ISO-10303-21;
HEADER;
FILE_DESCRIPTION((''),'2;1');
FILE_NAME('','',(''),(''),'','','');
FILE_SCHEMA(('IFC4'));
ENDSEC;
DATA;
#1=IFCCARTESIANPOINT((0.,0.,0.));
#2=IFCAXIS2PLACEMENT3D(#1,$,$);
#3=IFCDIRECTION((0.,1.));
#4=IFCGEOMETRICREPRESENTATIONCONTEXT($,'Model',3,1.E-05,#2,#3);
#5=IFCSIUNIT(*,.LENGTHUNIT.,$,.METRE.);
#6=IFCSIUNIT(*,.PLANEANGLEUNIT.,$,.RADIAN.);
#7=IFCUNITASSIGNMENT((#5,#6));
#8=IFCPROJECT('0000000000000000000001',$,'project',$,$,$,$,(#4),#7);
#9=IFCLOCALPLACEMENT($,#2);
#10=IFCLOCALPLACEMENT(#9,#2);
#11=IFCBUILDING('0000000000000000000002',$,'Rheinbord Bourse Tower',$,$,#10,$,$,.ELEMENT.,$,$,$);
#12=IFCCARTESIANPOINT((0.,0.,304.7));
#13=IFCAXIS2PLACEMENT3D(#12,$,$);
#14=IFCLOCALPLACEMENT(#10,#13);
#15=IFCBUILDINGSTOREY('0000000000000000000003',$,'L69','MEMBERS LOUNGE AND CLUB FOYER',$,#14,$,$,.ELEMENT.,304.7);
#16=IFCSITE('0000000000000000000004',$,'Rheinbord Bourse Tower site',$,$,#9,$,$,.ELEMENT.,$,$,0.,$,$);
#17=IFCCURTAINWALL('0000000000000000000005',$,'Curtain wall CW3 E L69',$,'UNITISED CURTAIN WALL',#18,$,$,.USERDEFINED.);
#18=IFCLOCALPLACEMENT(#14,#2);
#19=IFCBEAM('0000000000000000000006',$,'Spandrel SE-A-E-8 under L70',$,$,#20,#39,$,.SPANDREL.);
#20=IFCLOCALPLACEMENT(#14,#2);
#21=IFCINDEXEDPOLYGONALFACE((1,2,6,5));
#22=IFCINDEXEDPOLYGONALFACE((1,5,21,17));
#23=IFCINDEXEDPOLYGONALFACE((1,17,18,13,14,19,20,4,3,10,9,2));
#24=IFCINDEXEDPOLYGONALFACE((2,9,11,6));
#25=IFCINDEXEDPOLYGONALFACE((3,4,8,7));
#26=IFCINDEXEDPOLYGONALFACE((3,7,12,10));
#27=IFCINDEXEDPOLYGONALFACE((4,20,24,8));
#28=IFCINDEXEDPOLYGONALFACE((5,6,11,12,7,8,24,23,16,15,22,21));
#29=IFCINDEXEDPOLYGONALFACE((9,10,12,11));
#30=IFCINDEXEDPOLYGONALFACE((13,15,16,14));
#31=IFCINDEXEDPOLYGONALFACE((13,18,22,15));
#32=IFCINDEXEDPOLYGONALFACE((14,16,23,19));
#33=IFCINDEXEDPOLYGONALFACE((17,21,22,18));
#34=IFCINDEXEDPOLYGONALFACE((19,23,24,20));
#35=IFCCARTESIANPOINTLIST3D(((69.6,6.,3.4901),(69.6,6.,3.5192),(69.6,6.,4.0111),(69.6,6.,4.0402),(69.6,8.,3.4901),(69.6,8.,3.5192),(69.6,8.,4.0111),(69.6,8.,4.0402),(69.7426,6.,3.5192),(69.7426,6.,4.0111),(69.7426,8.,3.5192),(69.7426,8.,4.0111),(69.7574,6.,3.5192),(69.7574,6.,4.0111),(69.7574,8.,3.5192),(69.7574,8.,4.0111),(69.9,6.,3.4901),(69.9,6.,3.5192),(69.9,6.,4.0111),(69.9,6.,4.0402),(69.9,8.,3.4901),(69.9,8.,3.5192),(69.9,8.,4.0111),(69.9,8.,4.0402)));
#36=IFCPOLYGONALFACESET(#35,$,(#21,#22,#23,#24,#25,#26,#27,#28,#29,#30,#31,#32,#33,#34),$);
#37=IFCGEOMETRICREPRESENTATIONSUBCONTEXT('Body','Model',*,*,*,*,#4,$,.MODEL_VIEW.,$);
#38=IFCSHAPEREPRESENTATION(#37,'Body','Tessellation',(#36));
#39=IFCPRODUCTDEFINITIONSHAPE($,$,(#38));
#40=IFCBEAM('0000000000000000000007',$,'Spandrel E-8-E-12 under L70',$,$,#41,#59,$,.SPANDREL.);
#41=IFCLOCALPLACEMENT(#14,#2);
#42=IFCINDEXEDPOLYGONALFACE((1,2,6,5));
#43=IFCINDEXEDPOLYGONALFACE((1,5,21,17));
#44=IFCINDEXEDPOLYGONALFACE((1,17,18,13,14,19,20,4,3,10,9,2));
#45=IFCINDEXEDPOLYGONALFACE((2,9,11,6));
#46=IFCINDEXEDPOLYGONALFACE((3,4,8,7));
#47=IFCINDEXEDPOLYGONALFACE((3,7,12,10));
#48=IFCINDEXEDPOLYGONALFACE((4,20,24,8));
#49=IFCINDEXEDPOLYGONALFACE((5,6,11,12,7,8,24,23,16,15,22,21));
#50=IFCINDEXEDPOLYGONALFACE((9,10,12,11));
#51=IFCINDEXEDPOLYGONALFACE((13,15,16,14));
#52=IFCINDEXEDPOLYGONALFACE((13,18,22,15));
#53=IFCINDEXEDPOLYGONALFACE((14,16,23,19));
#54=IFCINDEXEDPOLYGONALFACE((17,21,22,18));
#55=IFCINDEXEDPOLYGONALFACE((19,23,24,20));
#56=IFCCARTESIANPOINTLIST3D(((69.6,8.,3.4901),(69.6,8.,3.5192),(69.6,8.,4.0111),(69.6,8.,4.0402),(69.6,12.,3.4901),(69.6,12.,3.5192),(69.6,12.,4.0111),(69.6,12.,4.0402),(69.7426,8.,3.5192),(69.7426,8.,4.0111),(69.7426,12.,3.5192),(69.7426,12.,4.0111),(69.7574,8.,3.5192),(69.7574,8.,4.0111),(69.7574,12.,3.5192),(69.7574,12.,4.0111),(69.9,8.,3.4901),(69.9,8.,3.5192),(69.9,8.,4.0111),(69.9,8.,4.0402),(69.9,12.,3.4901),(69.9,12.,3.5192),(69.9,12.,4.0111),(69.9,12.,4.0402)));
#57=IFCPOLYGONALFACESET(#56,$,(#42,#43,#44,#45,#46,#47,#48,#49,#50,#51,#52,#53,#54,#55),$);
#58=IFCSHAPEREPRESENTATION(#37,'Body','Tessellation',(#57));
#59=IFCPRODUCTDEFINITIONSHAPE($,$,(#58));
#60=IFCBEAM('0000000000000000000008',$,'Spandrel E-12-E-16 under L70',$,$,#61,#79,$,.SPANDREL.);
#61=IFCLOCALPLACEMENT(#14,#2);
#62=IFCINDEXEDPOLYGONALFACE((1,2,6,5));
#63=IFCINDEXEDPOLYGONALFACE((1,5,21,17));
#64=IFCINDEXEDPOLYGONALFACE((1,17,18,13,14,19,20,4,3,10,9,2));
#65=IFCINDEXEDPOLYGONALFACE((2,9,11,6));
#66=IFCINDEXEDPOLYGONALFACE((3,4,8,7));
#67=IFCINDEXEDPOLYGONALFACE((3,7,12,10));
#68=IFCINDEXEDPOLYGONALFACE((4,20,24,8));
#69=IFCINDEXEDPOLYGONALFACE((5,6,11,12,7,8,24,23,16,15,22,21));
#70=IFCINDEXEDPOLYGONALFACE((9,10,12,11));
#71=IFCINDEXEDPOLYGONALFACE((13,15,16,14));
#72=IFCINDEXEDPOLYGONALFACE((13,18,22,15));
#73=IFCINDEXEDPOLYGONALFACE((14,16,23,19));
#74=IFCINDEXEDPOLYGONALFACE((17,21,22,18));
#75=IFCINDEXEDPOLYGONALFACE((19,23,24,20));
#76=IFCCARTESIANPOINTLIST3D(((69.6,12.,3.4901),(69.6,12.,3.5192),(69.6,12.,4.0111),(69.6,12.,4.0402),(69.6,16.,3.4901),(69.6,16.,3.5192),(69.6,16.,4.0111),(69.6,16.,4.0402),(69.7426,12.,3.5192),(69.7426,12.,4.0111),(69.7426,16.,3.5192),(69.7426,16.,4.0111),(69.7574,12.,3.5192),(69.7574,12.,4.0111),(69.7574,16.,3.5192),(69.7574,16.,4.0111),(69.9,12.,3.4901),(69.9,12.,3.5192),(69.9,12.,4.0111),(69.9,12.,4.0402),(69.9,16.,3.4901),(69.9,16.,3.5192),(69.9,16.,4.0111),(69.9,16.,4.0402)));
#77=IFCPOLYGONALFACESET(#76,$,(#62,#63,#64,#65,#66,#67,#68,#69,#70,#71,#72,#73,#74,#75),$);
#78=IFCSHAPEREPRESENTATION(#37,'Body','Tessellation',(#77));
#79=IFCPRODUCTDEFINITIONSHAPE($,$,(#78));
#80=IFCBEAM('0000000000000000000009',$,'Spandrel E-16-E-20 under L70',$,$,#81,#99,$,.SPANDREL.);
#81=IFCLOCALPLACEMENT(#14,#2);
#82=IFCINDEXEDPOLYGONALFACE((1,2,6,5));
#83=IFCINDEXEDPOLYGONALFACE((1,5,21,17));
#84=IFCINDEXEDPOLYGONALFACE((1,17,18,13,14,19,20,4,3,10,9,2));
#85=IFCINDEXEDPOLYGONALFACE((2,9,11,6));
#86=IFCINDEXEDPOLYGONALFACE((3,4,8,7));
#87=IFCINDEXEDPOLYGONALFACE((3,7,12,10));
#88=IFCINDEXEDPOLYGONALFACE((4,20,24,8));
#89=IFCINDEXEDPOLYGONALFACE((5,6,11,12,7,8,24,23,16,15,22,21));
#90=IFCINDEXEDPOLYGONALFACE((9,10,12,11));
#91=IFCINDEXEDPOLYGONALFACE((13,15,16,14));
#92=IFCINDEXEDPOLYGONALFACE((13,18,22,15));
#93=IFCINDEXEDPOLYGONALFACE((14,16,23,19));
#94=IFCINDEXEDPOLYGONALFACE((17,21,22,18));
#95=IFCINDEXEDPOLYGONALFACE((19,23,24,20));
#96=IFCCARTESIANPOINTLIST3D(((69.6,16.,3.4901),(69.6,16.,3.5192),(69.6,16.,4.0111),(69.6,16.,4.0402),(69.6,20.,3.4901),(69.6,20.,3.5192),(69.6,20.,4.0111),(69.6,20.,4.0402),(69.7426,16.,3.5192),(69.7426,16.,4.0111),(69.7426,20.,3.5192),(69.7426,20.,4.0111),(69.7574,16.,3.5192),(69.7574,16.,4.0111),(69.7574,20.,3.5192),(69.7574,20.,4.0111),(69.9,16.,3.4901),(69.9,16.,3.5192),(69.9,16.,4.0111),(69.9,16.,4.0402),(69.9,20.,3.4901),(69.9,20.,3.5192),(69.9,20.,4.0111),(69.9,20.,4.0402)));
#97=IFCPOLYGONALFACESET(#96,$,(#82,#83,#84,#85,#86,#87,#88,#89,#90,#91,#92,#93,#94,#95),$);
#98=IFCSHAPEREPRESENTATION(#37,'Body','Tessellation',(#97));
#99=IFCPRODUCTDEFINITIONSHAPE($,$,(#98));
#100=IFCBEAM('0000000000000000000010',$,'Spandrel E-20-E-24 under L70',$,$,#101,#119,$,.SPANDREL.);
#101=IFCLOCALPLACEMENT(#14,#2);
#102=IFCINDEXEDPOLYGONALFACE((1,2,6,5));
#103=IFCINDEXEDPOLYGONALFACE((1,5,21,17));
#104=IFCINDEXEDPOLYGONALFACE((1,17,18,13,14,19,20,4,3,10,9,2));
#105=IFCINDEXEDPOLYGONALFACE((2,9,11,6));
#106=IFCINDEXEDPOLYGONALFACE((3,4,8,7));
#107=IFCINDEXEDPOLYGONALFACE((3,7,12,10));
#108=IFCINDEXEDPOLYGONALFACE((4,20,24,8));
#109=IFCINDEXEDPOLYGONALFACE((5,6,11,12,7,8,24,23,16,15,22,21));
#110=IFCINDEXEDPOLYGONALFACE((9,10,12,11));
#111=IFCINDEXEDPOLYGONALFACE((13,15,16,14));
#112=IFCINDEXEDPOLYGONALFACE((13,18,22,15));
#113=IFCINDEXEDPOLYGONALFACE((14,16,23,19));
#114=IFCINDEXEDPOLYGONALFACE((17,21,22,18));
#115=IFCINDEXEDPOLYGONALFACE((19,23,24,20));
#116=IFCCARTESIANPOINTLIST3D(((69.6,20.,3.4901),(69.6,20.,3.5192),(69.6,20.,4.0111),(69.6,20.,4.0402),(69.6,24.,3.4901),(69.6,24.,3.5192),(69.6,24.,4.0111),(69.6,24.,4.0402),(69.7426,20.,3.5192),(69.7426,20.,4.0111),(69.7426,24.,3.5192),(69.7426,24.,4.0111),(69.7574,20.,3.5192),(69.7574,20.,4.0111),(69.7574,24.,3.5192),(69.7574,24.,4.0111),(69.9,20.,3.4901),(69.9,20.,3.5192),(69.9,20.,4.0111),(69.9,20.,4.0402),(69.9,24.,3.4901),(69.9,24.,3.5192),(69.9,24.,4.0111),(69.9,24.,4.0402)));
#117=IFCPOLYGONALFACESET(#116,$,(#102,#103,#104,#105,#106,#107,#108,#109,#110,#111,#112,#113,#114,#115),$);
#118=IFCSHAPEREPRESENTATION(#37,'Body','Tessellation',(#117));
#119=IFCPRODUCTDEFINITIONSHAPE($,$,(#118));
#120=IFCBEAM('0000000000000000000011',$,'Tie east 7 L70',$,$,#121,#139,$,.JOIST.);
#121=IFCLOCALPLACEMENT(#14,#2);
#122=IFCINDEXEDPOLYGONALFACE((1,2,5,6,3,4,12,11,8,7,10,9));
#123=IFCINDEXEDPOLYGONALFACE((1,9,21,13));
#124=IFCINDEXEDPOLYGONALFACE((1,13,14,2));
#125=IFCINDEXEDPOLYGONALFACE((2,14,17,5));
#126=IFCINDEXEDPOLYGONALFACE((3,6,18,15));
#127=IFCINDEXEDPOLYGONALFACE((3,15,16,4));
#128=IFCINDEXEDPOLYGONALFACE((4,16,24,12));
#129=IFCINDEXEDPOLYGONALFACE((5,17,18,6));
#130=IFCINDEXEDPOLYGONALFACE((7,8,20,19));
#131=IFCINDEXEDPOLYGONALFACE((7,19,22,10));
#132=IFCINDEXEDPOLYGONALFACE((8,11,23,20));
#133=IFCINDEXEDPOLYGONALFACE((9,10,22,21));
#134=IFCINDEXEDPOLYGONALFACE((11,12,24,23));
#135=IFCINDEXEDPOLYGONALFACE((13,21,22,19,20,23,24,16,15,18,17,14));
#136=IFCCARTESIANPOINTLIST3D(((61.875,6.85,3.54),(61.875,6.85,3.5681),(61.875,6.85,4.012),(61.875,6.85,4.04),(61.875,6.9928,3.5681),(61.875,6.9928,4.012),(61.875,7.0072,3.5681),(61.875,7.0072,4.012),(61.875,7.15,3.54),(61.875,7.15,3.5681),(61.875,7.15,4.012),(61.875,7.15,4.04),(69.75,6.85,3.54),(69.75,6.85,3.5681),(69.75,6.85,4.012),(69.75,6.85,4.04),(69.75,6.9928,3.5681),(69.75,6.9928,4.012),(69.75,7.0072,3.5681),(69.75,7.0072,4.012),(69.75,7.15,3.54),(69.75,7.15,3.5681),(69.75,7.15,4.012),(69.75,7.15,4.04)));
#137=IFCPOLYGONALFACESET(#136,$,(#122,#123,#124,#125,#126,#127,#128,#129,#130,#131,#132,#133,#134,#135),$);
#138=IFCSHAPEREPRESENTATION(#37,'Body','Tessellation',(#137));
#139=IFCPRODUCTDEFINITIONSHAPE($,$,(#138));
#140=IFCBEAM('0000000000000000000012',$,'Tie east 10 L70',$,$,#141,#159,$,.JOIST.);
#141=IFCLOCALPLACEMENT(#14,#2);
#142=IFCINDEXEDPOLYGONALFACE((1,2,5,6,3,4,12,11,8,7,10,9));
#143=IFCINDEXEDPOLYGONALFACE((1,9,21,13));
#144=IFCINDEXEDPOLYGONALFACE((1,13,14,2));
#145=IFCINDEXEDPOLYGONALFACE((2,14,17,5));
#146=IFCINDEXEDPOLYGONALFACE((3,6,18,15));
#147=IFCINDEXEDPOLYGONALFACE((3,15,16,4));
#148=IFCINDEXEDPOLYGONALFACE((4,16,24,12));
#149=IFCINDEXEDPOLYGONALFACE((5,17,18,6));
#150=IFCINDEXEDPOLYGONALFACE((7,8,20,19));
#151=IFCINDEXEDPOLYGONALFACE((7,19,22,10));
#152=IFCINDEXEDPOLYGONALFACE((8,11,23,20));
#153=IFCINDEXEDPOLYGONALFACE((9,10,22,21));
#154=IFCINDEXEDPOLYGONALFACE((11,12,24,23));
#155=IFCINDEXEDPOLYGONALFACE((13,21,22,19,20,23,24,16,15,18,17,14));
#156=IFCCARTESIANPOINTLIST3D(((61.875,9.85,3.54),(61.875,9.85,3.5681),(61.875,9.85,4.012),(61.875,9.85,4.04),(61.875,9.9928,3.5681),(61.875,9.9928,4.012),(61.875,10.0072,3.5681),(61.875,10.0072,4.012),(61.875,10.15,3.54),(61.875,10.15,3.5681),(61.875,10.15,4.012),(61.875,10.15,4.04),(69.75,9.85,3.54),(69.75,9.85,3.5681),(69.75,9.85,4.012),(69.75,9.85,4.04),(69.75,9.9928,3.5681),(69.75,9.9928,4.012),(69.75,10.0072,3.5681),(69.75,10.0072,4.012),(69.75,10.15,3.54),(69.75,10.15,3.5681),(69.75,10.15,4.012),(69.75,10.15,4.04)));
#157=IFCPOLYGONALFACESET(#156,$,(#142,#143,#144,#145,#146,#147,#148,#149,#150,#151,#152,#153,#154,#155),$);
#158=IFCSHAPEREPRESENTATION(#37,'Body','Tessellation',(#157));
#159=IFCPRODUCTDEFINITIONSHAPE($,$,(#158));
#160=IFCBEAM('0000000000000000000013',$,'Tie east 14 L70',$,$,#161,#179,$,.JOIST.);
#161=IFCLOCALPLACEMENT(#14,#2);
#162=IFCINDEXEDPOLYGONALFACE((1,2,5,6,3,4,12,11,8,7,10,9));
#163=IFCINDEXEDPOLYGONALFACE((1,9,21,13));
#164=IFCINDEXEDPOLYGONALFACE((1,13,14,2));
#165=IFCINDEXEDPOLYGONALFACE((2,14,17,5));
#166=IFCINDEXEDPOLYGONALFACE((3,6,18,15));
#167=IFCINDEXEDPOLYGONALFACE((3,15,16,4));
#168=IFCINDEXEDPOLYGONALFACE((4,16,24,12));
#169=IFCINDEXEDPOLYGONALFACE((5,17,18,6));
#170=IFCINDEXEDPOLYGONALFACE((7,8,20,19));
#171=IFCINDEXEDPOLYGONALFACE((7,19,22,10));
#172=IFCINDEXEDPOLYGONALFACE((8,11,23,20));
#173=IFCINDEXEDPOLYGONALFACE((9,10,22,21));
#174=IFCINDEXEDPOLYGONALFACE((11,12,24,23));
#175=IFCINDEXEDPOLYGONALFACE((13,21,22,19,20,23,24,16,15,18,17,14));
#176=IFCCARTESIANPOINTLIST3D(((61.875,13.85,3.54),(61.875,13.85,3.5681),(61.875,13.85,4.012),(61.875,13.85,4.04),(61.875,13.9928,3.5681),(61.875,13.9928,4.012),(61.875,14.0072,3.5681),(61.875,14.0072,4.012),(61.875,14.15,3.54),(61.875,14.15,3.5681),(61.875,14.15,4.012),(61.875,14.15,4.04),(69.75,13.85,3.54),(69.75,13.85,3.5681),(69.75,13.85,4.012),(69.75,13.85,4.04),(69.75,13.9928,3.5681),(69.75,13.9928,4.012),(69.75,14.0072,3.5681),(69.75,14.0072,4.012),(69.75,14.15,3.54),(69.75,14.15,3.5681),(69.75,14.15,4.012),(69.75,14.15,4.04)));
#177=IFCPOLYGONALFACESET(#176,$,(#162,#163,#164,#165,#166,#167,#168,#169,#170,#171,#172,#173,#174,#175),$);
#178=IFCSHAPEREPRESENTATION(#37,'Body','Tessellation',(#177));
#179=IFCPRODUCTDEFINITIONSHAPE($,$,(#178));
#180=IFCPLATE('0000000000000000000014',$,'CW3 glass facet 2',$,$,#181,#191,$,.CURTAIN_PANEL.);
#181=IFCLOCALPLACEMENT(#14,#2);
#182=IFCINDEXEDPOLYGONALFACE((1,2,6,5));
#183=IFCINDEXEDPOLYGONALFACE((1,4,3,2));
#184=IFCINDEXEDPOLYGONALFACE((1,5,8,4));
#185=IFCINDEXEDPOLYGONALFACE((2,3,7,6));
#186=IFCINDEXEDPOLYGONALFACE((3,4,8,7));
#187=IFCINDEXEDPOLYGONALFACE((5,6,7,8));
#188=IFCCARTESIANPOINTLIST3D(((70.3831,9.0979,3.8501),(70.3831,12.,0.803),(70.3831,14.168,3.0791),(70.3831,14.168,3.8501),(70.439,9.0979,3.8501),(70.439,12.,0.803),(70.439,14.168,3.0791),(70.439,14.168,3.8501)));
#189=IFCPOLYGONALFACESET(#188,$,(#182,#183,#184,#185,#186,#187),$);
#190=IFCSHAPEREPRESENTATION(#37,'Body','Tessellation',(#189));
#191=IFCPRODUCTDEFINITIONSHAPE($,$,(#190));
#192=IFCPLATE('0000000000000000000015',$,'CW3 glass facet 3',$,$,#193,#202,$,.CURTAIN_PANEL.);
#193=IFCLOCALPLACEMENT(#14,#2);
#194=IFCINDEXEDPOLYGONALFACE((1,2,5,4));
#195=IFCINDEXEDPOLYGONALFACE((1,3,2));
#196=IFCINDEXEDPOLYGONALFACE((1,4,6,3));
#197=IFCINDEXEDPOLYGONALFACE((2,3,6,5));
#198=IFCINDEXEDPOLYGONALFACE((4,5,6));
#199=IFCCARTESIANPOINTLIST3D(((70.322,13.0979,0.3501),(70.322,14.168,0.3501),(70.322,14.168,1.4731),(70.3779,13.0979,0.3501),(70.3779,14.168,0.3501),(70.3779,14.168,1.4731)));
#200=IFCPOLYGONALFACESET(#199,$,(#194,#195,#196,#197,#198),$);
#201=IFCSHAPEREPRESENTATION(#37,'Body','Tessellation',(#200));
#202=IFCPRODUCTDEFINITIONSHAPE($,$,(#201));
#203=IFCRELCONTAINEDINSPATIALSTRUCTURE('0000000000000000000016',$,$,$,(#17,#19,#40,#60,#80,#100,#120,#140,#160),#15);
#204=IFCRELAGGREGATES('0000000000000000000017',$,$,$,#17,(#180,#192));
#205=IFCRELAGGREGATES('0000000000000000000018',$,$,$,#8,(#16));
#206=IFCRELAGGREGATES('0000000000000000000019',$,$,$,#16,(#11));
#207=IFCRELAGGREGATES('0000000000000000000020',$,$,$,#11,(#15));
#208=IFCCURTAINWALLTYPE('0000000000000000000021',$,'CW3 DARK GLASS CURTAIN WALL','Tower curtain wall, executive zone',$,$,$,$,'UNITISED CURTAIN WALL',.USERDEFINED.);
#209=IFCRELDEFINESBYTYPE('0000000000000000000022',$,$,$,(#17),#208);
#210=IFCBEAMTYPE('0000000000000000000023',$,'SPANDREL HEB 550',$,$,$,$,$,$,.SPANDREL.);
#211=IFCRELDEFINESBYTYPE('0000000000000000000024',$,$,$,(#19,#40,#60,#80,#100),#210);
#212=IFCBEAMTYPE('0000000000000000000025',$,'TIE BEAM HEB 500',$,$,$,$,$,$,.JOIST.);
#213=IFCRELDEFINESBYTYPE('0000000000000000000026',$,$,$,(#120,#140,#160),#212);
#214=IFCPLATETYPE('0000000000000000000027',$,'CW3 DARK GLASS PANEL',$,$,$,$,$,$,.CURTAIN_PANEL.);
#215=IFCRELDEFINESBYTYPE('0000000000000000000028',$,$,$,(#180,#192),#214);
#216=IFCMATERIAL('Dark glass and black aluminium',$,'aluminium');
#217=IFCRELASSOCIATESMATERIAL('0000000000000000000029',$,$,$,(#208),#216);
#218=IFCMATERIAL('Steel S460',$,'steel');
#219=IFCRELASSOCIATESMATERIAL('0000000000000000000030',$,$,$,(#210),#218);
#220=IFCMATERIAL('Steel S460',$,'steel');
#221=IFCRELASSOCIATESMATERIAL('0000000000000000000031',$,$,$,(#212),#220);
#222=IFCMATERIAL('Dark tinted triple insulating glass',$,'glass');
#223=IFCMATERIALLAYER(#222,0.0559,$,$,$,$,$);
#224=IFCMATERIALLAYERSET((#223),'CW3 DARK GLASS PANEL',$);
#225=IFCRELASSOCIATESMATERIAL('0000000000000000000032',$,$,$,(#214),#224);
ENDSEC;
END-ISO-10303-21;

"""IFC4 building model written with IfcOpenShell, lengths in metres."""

from ifc_helpers import new_model, si_unit, direction, frame, origin, origin_2d, place, context, subcontext, project, spatial, polyline, i_section, outline, extrude, material, layer, layer_set, material_profile, profile_set, type_object, element, aggregate, save


model = new_model("IFC4")

# Units and contexts
model_context = context("Model", 3, precision=1e-05, world=origin(), true_north=direction((0.0, 1.0)))
body_context = subcontext(model_context, "Body", "Model", "MODEL_VIEW")
ifc_project = project(units=[si_unit("LENGTHUNIT", "METRE"), si_unit("PLANEANGLEUNIT", "RADIAN")], contexts=[model_context])

# Site, building, storey
site_placement = place(None, origin())
site = spatial("IfcSite", under=ifc_project, at=site_placement, Name="Rheinbord Bourse Tower site", CompositionType="ELEMENT", RefElevation=0.0)
building_placement = place(site_placement, origin())
building = spatial("IfcBuilding", under=site, at=building_placement, Name="Rheinbord Bourse Tower", CompositionType="ELEMENT")
storey_placement = place(building_placement, frame((0.0, 0.0, 304.7)))
storey = spatial("IfcBuildingStorey", under=building, at=storey_placement, Name="L69", Description="MEMBERS LOUNGE AND CLUB FOYER", CompositionType="ELEMENT", Elevation=304.7)

# Curtain wall
ifc_material_1 = material(Name="Dark glass and black aluminium", Category="aluminium")
curtain_wall_type = type_object("IfcCurtainWallType", Name="CW3 DARK GLASS CURTAIN WALL", Description="Tower curtain wall, executive zone", ElementType="UNITISED CURTAIN WALL", PredefinedType="USERDEFINED", material=ifc_material_1)
curtain_wall_placement = place(storey_placement, origin())
curtain_wall = element("IfcCurtainWall", 1, at=curtain_wall_placement, inside=storey, type_object=curtain_wall_type, Name="Curtain wall CW3 E L69", ObjectType="UNITISED CURTAIN WALL", PredefinedType="USERDEFINED")

# Beams
ifc_material_2 = material(Name="Steel S460", Category="steel")
ifc_material_profile_1 = material_profile(ifc_material_2, i_section(OverallWidth=0.3, OverallDepth=0.55, WebThickness=0.0149, FlangeThickness=0.0291, at=origin_2d()), Name="HEB 550")
ifc_profile_set_1 = profile_set([ifc_material_profile_1], Name="Steel S460")
beam_type_1 = type_object("IfcBeamType", Name="SPANDREL HEB 550", PredefinedType="SPANDREL", material=ifc_profile_set_1)
beam_1_placement = place(storey_placement, frame((69.75, 6.0, 3.7651), z_axis=(0.0, 1.0, 0.0), x_axis=(-1.0, 0.0, 0.0)))
element("IfcBeam", 2, at=beam_1_placement, inside=storey, type_object=beam_type_1, Name="Spandrel SE-A-E-8 under L70", PredefinedType="SPANDREL", context=body_context, shape_type="SweptSolid", body=[
    extrude(i_section(OverallWidth=0.3, OverallDepth=0.55, WebThickness=0.0149, FlangeThickness=0.0291, at=origin_2d()), origin(), (0.0, 0.0, 1.0), 2.0),
])
for number, where, z_axis, x_axis, name in (
    (3, (69.75, 8.0, 3.7651), (0.0, 1.0, 0.0), (-1.0, 0.0, 0.0), "Spandrel E-8-E-12 under L70"),
    (4, (69.75, 12.0, 3.7651), (0.0, 1.0, 0.0), (-1.0, 0.0, 0.0), "Spandrel E-12-E-16 under L70"),
    (5, (69.75, 16.0, 3.7651), (0.0, 1.0, 0.0), (-1.0, 0.0, 0.0), "Spandrel E-16-E-20 under L70"),
    (6, (69.75, 20.0, 3.7651), (0.0, 1.0, 0.0), (-1.0, 0.0, 0.0), "Spandrel E-20-E-24 under L70"),
):
    element("IfcBeam", number, at=place(storey_placement, frame(where, z_axis=z_axis, x_axis=x_axis)), inside=storey, type_object=beam_type_1, Name=name, PredefinedType="SPANDREL", context=body_context, shape_type="SweptSolid", body=[
        extrude(i_section(OverallWidth=0.3, OverallDepth=0.55, WebThickness=0.0149, FlangeThickness=0.0291, at=origin_2d()), origin(), (0.0, 0.0, 1.0), 4.0),
    ])
ifc_material_3 = material(Name="Steel S460", Category="steel")
ifc_material_profile_2 = material_profile(ifc_material_3, i_section(OverallWidth=0.3, OverallDepth=0.5, WebThickness=0.0144, FlangeThickness=0.0281, at=origin_2d()), Name="HEB 500")
ifc_profile_set_2 = profile_set([ifc_material_profile_2], Name="Steel S460")
beam_type_2 = type_object("IfcBeamType", Name="TIE BEAM HEB 500", PredefinedType="JOIST", material=ifc_profile_set_2)
for number, where, z_axis, x_axis, name in (
    (7, (61.875, 7.0, 3.79), (1.0, 0.0, 0.0), (0.0, 1.0, 0.0), "Tie east 7 L70"),
    (8, (61.875, 10.0, 3.79), (1.0, 0.0, 0.0), (0.0, 1.0, 0.0), "Tie east 10 L70"),
    (9, (61.875, 14.0, 3.79), (1.0, 0.0, 0.0), (0.0, 1.0, 0.0), "Tie east 14 L70"),
):
    element("IfcBeam", number, at=place(storey_placement, frame(where, z_axis=z_axis, x_axis=x_axis)), inside=storey, type_object=beam_type_2, Name=name, PredefinedType="JOIST", context=body_context, shape_type="SweptSolid", body=[
        extrude(i_section(OverallWidth=0.3, OverallDepth=0.5, WebThickness=0.0144, FlangeThickness=0.0281, at=origin_2d()), origin(), (0.0, 0.0, 1.0), 7.875),
    ])

# Plates
ifc_material_4 = material(Name="Dark tinted triple insulating glass", Category="glass")
ifc_layer_1 = layer(ifc_material_4, 0.0559)
ifc_layer_set_1 = layer_set([ifc_layer_1], Name="CW3 DARK GLASS PANEL")
plate_type = type_object("IfcPlateType", Name="CW3 DARK GLASS PANEL", PredefinedType="CURTAIN_PANEL", material=ifc_layer_set_1)
plate_1_placement = place(storey_placement, frame((70.439, 14.168, 3.8501), z_axis=(-1.0, 0.0, 0.0), x_axis=(0.0, 0.0, -1.0)))
plate_1 = element("IfcPlate", 10, at=plate_1_placement, type_object=plate_type, Name="CW3 glass facet 2", PredefinedType="CURTAIN_PANEL", context=body_context, shape_type="SweptSolid", body=[
    extrude(outline(polyline([(0.0, 0.0), (0.771, 0.0), (3.0471, 2.168), (0.0, 5.0701), (0.0, 0.0)])), origin(), (0.0, 0.0, 1.0), 0.0559),
])
plate_2_placement = place(storey_placement, frame((70.3779, 14.168, 0.3501), z_axis=(-1.0, 0.0, 0.0), x_axis=(0.0, -1.0, 0.0)))
plate_2 = element("IfcPlate", 11, at=plate_2_placement, type_object=plate_type, Name="CW3 glass facet 3", PredefinedType="CURTAIN_PANEL", context=body_context, shape_type="SweptSolid", body=[
    extrude(outline(polyline([(0.0, 0.0), (1.0701, 0.0), (0.0, 1.123), (0.0, 0.0)])), origin(), (0.0, 0.0, 1.0), 0.0559),
])
aggregate(curtain_wall, [plate_1, plate_2])

save(model, "model.ifc")
